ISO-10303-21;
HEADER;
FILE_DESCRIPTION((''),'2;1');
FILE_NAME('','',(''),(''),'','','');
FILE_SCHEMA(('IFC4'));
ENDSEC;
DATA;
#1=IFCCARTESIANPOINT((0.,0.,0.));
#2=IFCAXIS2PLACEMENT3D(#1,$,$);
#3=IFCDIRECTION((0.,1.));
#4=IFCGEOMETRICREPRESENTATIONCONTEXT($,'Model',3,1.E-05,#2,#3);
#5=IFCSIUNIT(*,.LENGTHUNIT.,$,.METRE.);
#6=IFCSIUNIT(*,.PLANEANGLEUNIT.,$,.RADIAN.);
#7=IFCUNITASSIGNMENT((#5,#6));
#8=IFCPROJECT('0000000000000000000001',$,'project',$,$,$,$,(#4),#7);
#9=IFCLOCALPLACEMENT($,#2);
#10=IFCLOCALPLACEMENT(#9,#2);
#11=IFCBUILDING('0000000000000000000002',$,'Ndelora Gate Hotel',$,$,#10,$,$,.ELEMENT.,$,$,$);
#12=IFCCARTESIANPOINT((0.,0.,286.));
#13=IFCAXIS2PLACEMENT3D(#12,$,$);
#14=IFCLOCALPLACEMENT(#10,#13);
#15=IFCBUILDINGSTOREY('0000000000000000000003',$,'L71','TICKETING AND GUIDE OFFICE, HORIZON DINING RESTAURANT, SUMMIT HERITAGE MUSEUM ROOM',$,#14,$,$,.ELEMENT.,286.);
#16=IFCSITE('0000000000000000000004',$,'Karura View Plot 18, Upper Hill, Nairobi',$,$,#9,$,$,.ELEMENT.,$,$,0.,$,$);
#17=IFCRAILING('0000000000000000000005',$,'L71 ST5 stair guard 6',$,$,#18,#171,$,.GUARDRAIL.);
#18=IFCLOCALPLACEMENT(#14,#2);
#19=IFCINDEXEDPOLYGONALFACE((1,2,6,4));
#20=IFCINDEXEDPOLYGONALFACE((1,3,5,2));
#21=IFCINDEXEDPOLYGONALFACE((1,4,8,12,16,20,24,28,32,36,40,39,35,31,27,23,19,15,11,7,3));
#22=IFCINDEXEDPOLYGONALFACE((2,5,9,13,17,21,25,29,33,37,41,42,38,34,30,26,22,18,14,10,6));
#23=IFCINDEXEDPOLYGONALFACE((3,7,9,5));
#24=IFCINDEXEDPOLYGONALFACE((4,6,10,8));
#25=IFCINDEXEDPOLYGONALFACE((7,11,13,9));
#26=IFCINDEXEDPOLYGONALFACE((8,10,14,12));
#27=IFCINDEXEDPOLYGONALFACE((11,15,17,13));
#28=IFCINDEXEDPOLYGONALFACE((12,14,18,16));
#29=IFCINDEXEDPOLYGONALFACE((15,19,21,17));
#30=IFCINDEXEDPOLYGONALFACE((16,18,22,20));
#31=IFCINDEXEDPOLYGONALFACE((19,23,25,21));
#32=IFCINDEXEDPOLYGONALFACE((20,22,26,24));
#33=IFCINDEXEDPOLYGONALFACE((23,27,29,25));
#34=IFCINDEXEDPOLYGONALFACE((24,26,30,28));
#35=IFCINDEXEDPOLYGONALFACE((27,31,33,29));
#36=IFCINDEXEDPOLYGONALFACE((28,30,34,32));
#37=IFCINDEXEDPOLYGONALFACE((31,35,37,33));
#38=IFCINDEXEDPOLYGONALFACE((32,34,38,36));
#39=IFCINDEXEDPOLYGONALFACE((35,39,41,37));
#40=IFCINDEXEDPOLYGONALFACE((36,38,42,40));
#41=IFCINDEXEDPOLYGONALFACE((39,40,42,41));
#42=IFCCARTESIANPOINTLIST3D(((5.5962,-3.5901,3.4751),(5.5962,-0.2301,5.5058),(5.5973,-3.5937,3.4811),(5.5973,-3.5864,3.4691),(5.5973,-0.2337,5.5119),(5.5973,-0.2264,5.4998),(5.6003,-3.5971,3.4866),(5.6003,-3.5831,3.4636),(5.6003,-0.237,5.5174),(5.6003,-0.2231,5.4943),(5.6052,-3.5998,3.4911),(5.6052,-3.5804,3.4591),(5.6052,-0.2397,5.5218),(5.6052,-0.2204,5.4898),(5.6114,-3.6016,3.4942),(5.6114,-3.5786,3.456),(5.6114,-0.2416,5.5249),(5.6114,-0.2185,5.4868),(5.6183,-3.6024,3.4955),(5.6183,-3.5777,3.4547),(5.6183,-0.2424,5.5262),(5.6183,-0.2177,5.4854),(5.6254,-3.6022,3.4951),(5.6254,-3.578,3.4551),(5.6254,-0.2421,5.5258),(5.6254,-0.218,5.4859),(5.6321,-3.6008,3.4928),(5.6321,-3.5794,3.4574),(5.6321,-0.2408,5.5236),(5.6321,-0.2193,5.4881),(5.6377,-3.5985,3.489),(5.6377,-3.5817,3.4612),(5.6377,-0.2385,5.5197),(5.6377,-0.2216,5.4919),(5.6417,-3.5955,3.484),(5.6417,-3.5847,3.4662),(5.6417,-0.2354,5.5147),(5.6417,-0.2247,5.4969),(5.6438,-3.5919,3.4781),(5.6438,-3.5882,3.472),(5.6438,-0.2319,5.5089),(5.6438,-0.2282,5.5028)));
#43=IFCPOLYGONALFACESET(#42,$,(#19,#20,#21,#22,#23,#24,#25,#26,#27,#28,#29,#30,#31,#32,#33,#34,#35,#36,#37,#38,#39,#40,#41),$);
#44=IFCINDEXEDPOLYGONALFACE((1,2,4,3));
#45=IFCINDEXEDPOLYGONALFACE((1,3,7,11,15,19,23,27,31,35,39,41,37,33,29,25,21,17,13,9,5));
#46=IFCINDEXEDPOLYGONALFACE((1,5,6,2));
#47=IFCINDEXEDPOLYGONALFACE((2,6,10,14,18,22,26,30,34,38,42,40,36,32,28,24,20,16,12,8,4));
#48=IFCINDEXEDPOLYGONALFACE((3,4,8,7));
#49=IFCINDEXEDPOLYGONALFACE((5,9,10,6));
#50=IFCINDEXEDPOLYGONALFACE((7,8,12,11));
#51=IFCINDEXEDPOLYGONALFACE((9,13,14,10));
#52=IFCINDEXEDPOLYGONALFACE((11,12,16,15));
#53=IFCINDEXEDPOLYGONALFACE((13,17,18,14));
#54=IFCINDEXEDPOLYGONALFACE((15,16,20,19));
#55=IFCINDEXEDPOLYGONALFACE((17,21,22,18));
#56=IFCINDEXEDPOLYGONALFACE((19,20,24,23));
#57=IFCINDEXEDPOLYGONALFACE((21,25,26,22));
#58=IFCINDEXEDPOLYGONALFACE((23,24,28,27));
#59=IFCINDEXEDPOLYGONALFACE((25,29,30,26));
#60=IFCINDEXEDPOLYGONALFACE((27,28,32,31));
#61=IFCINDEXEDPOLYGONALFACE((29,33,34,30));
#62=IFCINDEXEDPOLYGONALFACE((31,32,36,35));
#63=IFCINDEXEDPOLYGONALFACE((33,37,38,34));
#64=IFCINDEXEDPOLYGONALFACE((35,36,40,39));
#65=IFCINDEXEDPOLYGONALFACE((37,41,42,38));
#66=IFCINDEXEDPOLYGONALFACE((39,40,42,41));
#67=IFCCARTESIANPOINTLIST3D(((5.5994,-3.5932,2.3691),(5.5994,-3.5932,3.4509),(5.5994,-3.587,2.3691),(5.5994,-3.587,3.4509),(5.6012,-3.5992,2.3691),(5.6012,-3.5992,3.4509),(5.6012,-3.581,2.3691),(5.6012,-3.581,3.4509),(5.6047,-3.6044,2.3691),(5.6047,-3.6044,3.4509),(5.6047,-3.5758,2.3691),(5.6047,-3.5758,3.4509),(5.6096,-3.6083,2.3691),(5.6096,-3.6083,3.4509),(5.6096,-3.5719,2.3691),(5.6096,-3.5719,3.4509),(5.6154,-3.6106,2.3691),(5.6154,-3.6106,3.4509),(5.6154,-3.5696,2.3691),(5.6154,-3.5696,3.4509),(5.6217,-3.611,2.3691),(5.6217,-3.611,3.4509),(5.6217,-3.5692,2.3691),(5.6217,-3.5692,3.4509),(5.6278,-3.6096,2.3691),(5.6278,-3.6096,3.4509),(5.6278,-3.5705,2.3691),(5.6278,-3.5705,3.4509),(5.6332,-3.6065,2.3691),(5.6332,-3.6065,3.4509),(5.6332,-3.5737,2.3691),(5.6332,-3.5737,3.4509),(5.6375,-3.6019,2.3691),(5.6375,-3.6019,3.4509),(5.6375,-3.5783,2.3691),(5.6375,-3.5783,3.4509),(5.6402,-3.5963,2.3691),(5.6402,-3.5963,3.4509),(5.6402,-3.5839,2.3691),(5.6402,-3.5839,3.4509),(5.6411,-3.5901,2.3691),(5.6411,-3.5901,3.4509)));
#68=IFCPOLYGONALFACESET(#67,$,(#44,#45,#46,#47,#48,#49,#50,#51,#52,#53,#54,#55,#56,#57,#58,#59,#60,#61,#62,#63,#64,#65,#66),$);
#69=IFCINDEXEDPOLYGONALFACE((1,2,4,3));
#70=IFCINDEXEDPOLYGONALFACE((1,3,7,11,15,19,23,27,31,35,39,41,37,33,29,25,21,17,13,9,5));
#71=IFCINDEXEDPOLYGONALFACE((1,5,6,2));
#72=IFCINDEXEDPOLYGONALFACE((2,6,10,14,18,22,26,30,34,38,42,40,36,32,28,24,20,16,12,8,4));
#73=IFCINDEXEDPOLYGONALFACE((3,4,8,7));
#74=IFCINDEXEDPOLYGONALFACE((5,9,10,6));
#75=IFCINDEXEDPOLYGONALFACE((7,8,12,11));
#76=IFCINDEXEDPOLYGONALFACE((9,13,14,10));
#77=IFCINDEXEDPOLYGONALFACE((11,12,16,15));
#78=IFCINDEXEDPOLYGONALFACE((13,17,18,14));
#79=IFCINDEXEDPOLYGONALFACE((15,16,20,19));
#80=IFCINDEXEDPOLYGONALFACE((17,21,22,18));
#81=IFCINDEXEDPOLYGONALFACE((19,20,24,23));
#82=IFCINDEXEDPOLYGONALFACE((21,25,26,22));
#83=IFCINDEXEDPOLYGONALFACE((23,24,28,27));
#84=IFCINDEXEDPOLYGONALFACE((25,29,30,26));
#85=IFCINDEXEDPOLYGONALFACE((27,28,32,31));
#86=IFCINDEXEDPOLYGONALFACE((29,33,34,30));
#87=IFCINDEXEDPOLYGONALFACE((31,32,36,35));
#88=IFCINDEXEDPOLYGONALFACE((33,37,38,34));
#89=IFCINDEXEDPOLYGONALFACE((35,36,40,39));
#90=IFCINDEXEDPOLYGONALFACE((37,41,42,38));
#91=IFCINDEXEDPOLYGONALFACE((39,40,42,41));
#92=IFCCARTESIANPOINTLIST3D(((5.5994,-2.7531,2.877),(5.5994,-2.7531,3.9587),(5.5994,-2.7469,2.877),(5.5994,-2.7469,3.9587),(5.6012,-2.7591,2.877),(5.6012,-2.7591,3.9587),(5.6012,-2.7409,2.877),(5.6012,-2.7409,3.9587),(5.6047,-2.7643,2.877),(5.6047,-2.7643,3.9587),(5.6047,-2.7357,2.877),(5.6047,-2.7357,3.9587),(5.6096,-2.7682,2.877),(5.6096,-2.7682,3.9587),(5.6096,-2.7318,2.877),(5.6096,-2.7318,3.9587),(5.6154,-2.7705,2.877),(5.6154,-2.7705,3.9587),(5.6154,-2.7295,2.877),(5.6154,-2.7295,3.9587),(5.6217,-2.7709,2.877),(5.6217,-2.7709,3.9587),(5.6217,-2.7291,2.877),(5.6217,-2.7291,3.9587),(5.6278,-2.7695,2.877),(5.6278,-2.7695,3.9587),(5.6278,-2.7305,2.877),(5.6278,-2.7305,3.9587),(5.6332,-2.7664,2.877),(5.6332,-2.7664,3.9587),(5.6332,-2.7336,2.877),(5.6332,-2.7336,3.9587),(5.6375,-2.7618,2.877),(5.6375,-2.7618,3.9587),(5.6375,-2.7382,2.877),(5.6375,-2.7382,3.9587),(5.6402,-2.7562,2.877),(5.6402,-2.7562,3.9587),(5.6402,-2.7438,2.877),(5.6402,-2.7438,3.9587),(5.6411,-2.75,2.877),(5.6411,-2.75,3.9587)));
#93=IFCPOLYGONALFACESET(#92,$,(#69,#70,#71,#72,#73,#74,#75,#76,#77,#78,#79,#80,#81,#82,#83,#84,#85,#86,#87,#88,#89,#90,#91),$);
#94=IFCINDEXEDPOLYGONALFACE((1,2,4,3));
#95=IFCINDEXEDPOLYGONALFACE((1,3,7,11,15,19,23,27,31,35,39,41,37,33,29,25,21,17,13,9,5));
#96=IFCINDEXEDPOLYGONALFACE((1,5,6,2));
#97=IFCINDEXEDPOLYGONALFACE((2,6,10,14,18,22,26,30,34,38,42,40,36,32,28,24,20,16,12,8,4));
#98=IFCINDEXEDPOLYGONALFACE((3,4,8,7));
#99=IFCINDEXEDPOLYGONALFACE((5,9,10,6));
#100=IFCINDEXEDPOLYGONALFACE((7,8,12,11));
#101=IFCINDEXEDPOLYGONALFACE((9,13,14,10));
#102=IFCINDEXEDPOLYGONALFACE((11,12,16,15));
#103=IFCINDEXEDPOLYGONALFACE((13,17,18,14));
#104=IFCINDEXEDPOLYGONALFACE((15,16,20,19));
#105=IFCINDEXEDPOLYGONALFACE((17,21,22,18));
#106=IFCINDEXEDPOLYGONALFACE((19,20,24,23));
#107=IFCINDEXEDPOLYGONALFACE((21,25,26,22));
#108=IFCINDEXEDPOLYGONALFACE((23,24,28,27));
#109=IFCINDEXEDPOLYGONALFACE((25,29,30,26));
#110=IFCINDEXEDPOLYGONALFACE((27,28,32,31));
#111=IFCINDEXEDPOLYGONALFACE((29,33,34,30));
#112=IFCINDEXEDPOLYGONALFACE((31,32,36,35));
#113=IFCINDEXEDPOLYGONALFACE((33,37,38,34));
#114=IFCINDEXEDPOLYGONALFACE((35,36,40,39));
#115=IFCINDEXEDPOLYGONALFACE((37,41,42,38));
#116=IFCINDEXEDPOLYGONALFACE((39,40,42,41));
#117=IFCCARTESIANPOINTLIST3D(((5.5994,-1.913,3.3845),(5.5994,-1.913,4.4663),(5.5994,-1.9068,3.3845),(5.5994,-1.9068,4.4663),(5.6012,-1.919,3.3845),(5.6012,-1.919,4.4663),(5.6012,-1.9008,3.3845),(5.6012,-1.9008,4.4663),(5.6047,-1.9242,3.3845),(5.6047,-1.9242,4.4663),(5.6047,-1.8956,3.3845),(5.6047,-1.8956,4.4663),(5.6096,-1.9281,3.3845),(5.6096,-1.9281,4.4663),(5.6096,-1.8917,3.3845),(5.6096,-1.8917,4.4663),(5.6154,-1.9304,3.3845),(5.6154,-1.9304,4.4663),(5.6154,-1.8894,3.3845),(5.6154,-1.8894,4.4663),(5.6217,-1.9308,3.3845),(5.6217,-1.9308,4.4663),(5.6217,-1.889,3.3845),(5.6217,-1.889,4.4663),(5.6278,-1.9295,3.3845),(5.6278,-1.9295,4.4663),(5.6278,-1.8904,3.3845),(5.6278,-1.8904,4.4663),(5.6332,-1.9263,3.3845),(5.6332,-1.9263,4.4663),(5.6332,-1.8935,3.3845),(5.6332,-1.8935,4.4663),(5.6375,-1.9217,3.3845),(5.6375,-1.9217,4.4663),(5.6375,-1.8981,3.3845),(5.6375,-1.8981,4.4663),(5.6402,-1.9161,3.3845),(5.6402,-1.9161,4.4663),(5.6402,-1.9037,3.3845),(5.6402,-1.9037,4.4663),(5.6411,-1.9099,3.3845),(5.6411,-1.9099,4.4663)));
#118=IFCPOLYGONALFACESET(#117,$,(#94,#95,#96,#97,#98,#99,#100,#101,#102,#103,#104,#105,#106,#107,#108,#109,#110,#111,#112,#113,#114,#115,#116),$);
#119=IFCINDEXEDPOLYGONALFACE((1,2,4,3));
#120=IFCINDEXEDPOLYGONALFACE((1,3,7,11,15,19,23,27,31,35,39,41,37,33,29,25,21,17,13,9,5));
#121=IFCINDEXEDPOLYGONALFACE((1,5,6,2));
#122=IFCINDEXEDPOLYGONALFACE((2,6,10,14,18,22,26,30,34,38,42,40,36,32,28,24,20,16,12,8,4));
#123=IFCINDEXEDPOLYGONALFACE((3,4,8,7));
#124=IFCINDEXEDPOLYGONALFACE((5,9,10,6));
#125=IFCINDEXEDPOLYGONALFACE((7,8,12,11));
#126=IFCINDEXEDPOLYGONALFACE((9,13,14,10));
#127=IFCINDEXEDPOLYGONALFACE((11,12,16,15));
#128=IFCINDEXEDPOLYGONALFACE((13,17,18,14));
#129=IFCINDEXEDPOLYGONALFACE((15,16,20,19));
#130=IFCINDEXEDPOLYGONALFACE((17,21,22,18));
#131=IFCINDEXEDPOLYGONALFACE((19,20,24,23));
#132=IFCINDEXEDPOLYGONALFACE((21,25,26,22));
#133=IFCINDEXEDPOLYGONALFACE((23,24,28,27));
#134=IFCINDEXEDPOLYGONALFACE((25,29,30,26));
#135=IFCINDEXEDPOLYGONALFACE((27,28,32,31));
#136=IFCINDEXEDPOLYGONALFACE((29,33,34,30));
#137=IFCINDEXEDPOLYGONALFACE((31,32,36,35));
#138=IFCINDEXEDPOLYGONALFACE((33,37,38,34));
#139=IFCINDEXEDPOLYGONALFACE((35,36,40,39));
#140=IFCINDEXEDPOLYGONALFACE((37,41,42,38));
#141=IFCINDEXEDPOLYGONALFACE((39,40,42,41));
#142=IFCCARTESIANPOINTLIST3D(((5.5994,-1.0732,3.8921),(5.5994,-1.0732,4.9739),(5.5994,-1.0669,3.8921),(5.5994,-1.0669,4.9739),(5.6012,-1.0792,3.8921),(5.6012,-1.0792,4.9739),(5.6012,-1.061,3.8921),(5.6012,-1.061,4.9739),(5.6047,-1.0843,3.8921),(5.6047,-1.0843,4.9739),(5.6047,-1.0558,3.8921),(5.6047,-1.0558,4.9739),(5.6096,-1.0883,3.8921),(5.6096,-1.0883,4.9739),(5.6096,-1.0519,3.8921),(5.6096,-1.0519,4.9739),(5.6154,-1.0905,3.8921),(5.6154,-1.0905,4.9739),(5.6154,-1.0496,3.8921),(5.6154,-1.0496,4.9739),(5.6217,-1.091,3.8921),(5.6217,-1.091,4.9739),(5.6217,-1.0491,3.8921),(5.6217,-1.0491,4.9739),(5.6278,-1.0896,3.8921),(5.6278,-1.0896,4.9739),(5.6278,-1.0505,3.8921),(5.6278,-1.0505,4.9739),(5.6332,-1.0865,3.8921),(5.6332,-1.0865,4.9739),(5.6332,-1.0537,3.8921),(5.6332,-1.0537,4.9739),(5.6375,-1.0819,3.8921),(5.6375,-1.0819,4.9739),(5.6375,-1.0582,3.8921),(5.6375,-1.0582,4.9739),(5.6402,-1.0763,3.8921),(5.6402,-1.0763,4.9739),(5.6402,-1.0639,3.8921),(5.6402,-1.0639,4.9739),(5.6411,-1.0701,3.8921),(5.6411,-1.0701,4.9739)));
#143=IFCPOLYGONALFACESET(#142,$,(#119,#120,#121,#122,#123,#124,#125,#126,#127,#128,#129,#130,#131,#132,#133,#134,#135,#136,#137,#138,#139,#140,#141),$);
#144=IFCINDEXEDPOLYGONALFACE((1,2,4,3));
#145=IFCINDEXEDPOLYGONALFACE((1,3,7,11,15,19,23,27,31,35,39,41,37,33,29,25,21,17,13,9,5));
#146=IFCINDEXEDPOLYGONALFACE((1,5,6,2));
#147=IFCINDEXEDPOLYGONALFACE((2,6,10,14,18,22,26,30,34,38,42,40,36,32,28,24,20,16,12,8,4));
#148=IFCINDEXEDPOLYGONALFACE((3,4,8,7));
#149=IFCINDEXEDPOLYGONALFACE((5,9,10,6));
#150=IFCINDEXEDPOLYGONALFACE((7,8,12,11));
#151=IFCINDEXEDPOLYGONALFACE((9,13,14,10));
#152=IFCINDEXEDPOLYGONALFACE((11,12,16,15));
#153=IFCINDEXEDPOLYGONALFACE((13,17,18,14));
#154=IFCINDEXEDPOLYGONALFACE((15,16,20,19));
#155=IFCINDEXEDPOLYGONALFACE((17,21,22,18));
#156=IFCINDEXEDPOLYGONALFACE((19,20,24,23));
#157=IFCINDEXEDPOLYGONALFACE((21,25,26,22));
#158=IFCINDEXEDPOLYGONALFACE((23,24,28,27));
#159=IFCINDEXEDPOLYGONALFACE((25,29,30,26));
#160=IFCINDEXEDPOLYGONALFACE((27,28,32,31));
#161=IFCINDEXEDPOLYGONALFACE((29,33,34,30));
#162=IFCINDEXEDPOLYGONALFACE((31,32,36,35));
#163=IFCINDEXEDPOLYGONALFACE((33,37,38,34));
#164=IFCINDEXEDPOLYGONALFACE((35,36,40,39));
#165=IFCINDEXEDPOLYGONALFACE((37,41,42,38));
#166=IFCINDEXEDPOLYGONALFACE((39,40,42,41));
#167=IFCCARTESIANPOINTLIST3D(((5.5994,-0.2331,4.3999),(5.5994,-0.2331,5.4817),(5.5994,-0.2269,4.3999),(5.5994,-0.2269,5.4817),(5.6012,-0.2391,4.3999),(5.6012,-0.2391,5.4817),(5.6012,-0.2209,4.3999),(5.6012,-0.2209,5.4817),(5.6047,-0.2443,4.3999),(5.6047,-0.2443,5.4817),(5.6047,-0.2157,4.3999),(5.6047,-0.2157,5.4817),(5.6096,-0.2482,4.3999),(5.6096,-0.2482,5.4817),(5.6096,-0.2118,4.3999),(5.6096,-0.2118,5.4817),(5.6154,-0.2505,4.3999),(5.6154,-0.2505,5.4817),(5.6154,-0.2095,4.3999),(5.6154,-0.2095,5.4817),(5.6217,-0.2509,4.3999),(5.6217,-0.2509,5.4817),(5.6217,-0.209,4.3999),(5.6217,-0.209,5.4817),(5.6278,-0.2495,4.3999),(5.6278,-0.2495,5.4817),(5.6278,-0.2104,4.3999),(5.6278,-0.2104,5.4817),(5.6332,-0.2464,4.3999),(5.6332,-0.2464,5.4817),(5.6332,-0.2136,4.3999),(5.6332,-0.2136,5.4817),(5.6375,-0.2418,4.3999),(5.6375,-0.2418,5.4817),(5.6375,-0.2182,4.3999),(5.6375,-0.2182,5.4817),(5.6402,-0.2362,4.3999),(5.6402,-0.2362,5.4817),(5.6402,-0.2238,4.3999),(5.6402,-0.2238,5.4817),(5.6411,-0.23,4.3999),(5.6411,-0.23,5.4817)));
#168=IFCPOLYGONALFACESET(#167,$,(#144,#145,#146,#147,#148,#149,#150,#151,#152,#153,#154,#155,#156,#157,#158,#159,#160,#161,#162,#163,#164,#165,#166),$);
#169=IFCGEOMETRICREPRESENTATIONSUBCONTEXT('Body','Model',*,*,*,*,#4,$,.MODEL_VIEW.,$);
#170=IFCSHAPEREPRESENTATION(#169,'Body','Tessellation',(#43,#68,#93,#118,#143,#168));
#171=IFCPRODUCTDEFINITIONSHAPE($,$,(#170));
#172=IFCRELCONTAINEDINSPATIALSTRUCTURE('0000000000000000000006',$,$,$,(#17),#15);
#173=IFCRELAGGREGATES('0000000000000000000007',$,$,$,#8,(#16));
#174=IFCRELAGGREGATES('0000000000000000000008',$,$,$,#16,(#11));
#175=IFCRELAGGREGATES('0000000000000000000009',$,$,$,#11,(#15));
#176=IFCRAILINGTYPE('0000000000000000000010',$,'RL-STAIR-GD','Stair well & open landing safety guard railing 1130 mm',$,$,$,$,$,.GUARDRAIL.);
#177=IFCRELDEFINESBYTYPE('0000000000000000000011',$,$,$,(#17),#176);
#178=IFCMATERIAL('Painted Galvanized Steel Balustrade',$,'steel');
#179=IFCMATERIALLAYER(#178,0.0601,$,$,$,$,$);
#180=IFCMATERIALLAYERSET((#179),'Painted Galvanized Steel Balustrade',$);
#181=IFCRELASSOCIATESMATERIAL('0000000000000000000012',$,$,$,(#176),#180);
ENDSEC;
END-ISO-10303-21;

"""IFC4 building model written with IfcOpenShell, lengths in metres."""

from ifc_helpers import new_model, si_unit, direction, frame, origin, origin_2d, place, context, subcontext, project, spatial, circle, extrude, material, layer, layer_set, type_object, element, save


model = new_model("IFC4")

# Units and contexts
model_context = context("Model", 3, precision=1e-05, world=origin(), true_north=direction((0.0, 1.0)))
body_context = subcontext(model_context, "Body", "Model", "MODEL_VIEW")
ifc_project = project(units=[si_unit("LENGTHUNIT", "METRE"), si_unit("PLANEANGLEUNIT", "RADIAN")], contexts=[model_context])

# Site, building, storey
site_placement = place(None, origin())
site = spatial("IfcSite", under=ifc_project, at=site_placement, Name="Karura View Plot 18, Upper Hill, Nairobi", CompositionType="ELEMENT", RefElevation=0.0)
building_placement = place(site_placement, origin())
building = spatial("IfcBuilding", under=site, at=building_placement, Name="Ndelora Gate Hotel", CompositionType="ELEMENT")
storey_placement = place(building_placement, frame((0.0, 0.0, 286.0)))
storey = spatial("IfcBuildingStorey", under=building, at=storey_placement, Name="L71", Description="TICKETING AND GUIDE OFFICE, HORIZON DINING RESTAURANT, SUMMIT HERITAGE MUSEUM ROOM", CompositionType="ELEMENT", Elevation=286.0)

# Railing
ifc_material_1 = material(Name="Painted Galvanized Steel Balustrade", Category="steel")
ifc_layer_1 = layer(ifc_material_1, 0.0601)
ifc_layer_set_1 = layer_set([ifc_layer_1], Name="Painted Galvanized Steel Balustrade")
railing_type_1 = type_object("IfcRailingType", Name="RL-STAIR-GD", Description="Stair well & open landing safety guard railing 1130 mm", PredefinedType="GUARDRAIL", material=ifc_layer_set_1)
railing_1_placement = place(storey_placement, frame((5.6201, -3.5901, 2.3691)))
element("IfcRailing", 1, at=railing_1_placement, inside=storey, type_object=railing_type_1, Name="L71 ST5 stair guard 6", PredefinedType="GUARDRAIL", context=body_context, shape_type="SweptSolid", body=[
    extrude(circle(Radius=0.0239, at=origin_2d()), frame((0.0, 0.0, 1.106), z_axis=(0.0, 0.855837, 0.517246), x_axis=(-1.0, 0.0, 0.0)), (0.0, 0.0, 1.0), 3.926),
    extrude(circle(Radius=0.021, at=origin_2d()), origin(), (0.0, 0.0, 1.0), 1.0818),
    extrude(circle(Radius=0.021, at=origin_2d()), frame((0.0, 0.8401, 0.5078)), (0.0, 0.0, 1.0), 1.0818),
    extrude(circle(Radius=0.021, at=origin_2d()), frame((0.0, 1.6802, 1.0154)), (0.0, 0.0, 1.0), 1.0818),
    extrude(circle(Radius=0.021, at=origin_2d()), frame((0.0, 2.52, 1.5229)), (0.0, 0.0, 1.0), 1.0818),
    extrude(circle(Radius=0.021, at=origin_2d()), frame((0.0, 3.3601, 2.0308)), (0.0, 0.0, 1.0), 1.0818),
])

save(model, "model.ifc")
